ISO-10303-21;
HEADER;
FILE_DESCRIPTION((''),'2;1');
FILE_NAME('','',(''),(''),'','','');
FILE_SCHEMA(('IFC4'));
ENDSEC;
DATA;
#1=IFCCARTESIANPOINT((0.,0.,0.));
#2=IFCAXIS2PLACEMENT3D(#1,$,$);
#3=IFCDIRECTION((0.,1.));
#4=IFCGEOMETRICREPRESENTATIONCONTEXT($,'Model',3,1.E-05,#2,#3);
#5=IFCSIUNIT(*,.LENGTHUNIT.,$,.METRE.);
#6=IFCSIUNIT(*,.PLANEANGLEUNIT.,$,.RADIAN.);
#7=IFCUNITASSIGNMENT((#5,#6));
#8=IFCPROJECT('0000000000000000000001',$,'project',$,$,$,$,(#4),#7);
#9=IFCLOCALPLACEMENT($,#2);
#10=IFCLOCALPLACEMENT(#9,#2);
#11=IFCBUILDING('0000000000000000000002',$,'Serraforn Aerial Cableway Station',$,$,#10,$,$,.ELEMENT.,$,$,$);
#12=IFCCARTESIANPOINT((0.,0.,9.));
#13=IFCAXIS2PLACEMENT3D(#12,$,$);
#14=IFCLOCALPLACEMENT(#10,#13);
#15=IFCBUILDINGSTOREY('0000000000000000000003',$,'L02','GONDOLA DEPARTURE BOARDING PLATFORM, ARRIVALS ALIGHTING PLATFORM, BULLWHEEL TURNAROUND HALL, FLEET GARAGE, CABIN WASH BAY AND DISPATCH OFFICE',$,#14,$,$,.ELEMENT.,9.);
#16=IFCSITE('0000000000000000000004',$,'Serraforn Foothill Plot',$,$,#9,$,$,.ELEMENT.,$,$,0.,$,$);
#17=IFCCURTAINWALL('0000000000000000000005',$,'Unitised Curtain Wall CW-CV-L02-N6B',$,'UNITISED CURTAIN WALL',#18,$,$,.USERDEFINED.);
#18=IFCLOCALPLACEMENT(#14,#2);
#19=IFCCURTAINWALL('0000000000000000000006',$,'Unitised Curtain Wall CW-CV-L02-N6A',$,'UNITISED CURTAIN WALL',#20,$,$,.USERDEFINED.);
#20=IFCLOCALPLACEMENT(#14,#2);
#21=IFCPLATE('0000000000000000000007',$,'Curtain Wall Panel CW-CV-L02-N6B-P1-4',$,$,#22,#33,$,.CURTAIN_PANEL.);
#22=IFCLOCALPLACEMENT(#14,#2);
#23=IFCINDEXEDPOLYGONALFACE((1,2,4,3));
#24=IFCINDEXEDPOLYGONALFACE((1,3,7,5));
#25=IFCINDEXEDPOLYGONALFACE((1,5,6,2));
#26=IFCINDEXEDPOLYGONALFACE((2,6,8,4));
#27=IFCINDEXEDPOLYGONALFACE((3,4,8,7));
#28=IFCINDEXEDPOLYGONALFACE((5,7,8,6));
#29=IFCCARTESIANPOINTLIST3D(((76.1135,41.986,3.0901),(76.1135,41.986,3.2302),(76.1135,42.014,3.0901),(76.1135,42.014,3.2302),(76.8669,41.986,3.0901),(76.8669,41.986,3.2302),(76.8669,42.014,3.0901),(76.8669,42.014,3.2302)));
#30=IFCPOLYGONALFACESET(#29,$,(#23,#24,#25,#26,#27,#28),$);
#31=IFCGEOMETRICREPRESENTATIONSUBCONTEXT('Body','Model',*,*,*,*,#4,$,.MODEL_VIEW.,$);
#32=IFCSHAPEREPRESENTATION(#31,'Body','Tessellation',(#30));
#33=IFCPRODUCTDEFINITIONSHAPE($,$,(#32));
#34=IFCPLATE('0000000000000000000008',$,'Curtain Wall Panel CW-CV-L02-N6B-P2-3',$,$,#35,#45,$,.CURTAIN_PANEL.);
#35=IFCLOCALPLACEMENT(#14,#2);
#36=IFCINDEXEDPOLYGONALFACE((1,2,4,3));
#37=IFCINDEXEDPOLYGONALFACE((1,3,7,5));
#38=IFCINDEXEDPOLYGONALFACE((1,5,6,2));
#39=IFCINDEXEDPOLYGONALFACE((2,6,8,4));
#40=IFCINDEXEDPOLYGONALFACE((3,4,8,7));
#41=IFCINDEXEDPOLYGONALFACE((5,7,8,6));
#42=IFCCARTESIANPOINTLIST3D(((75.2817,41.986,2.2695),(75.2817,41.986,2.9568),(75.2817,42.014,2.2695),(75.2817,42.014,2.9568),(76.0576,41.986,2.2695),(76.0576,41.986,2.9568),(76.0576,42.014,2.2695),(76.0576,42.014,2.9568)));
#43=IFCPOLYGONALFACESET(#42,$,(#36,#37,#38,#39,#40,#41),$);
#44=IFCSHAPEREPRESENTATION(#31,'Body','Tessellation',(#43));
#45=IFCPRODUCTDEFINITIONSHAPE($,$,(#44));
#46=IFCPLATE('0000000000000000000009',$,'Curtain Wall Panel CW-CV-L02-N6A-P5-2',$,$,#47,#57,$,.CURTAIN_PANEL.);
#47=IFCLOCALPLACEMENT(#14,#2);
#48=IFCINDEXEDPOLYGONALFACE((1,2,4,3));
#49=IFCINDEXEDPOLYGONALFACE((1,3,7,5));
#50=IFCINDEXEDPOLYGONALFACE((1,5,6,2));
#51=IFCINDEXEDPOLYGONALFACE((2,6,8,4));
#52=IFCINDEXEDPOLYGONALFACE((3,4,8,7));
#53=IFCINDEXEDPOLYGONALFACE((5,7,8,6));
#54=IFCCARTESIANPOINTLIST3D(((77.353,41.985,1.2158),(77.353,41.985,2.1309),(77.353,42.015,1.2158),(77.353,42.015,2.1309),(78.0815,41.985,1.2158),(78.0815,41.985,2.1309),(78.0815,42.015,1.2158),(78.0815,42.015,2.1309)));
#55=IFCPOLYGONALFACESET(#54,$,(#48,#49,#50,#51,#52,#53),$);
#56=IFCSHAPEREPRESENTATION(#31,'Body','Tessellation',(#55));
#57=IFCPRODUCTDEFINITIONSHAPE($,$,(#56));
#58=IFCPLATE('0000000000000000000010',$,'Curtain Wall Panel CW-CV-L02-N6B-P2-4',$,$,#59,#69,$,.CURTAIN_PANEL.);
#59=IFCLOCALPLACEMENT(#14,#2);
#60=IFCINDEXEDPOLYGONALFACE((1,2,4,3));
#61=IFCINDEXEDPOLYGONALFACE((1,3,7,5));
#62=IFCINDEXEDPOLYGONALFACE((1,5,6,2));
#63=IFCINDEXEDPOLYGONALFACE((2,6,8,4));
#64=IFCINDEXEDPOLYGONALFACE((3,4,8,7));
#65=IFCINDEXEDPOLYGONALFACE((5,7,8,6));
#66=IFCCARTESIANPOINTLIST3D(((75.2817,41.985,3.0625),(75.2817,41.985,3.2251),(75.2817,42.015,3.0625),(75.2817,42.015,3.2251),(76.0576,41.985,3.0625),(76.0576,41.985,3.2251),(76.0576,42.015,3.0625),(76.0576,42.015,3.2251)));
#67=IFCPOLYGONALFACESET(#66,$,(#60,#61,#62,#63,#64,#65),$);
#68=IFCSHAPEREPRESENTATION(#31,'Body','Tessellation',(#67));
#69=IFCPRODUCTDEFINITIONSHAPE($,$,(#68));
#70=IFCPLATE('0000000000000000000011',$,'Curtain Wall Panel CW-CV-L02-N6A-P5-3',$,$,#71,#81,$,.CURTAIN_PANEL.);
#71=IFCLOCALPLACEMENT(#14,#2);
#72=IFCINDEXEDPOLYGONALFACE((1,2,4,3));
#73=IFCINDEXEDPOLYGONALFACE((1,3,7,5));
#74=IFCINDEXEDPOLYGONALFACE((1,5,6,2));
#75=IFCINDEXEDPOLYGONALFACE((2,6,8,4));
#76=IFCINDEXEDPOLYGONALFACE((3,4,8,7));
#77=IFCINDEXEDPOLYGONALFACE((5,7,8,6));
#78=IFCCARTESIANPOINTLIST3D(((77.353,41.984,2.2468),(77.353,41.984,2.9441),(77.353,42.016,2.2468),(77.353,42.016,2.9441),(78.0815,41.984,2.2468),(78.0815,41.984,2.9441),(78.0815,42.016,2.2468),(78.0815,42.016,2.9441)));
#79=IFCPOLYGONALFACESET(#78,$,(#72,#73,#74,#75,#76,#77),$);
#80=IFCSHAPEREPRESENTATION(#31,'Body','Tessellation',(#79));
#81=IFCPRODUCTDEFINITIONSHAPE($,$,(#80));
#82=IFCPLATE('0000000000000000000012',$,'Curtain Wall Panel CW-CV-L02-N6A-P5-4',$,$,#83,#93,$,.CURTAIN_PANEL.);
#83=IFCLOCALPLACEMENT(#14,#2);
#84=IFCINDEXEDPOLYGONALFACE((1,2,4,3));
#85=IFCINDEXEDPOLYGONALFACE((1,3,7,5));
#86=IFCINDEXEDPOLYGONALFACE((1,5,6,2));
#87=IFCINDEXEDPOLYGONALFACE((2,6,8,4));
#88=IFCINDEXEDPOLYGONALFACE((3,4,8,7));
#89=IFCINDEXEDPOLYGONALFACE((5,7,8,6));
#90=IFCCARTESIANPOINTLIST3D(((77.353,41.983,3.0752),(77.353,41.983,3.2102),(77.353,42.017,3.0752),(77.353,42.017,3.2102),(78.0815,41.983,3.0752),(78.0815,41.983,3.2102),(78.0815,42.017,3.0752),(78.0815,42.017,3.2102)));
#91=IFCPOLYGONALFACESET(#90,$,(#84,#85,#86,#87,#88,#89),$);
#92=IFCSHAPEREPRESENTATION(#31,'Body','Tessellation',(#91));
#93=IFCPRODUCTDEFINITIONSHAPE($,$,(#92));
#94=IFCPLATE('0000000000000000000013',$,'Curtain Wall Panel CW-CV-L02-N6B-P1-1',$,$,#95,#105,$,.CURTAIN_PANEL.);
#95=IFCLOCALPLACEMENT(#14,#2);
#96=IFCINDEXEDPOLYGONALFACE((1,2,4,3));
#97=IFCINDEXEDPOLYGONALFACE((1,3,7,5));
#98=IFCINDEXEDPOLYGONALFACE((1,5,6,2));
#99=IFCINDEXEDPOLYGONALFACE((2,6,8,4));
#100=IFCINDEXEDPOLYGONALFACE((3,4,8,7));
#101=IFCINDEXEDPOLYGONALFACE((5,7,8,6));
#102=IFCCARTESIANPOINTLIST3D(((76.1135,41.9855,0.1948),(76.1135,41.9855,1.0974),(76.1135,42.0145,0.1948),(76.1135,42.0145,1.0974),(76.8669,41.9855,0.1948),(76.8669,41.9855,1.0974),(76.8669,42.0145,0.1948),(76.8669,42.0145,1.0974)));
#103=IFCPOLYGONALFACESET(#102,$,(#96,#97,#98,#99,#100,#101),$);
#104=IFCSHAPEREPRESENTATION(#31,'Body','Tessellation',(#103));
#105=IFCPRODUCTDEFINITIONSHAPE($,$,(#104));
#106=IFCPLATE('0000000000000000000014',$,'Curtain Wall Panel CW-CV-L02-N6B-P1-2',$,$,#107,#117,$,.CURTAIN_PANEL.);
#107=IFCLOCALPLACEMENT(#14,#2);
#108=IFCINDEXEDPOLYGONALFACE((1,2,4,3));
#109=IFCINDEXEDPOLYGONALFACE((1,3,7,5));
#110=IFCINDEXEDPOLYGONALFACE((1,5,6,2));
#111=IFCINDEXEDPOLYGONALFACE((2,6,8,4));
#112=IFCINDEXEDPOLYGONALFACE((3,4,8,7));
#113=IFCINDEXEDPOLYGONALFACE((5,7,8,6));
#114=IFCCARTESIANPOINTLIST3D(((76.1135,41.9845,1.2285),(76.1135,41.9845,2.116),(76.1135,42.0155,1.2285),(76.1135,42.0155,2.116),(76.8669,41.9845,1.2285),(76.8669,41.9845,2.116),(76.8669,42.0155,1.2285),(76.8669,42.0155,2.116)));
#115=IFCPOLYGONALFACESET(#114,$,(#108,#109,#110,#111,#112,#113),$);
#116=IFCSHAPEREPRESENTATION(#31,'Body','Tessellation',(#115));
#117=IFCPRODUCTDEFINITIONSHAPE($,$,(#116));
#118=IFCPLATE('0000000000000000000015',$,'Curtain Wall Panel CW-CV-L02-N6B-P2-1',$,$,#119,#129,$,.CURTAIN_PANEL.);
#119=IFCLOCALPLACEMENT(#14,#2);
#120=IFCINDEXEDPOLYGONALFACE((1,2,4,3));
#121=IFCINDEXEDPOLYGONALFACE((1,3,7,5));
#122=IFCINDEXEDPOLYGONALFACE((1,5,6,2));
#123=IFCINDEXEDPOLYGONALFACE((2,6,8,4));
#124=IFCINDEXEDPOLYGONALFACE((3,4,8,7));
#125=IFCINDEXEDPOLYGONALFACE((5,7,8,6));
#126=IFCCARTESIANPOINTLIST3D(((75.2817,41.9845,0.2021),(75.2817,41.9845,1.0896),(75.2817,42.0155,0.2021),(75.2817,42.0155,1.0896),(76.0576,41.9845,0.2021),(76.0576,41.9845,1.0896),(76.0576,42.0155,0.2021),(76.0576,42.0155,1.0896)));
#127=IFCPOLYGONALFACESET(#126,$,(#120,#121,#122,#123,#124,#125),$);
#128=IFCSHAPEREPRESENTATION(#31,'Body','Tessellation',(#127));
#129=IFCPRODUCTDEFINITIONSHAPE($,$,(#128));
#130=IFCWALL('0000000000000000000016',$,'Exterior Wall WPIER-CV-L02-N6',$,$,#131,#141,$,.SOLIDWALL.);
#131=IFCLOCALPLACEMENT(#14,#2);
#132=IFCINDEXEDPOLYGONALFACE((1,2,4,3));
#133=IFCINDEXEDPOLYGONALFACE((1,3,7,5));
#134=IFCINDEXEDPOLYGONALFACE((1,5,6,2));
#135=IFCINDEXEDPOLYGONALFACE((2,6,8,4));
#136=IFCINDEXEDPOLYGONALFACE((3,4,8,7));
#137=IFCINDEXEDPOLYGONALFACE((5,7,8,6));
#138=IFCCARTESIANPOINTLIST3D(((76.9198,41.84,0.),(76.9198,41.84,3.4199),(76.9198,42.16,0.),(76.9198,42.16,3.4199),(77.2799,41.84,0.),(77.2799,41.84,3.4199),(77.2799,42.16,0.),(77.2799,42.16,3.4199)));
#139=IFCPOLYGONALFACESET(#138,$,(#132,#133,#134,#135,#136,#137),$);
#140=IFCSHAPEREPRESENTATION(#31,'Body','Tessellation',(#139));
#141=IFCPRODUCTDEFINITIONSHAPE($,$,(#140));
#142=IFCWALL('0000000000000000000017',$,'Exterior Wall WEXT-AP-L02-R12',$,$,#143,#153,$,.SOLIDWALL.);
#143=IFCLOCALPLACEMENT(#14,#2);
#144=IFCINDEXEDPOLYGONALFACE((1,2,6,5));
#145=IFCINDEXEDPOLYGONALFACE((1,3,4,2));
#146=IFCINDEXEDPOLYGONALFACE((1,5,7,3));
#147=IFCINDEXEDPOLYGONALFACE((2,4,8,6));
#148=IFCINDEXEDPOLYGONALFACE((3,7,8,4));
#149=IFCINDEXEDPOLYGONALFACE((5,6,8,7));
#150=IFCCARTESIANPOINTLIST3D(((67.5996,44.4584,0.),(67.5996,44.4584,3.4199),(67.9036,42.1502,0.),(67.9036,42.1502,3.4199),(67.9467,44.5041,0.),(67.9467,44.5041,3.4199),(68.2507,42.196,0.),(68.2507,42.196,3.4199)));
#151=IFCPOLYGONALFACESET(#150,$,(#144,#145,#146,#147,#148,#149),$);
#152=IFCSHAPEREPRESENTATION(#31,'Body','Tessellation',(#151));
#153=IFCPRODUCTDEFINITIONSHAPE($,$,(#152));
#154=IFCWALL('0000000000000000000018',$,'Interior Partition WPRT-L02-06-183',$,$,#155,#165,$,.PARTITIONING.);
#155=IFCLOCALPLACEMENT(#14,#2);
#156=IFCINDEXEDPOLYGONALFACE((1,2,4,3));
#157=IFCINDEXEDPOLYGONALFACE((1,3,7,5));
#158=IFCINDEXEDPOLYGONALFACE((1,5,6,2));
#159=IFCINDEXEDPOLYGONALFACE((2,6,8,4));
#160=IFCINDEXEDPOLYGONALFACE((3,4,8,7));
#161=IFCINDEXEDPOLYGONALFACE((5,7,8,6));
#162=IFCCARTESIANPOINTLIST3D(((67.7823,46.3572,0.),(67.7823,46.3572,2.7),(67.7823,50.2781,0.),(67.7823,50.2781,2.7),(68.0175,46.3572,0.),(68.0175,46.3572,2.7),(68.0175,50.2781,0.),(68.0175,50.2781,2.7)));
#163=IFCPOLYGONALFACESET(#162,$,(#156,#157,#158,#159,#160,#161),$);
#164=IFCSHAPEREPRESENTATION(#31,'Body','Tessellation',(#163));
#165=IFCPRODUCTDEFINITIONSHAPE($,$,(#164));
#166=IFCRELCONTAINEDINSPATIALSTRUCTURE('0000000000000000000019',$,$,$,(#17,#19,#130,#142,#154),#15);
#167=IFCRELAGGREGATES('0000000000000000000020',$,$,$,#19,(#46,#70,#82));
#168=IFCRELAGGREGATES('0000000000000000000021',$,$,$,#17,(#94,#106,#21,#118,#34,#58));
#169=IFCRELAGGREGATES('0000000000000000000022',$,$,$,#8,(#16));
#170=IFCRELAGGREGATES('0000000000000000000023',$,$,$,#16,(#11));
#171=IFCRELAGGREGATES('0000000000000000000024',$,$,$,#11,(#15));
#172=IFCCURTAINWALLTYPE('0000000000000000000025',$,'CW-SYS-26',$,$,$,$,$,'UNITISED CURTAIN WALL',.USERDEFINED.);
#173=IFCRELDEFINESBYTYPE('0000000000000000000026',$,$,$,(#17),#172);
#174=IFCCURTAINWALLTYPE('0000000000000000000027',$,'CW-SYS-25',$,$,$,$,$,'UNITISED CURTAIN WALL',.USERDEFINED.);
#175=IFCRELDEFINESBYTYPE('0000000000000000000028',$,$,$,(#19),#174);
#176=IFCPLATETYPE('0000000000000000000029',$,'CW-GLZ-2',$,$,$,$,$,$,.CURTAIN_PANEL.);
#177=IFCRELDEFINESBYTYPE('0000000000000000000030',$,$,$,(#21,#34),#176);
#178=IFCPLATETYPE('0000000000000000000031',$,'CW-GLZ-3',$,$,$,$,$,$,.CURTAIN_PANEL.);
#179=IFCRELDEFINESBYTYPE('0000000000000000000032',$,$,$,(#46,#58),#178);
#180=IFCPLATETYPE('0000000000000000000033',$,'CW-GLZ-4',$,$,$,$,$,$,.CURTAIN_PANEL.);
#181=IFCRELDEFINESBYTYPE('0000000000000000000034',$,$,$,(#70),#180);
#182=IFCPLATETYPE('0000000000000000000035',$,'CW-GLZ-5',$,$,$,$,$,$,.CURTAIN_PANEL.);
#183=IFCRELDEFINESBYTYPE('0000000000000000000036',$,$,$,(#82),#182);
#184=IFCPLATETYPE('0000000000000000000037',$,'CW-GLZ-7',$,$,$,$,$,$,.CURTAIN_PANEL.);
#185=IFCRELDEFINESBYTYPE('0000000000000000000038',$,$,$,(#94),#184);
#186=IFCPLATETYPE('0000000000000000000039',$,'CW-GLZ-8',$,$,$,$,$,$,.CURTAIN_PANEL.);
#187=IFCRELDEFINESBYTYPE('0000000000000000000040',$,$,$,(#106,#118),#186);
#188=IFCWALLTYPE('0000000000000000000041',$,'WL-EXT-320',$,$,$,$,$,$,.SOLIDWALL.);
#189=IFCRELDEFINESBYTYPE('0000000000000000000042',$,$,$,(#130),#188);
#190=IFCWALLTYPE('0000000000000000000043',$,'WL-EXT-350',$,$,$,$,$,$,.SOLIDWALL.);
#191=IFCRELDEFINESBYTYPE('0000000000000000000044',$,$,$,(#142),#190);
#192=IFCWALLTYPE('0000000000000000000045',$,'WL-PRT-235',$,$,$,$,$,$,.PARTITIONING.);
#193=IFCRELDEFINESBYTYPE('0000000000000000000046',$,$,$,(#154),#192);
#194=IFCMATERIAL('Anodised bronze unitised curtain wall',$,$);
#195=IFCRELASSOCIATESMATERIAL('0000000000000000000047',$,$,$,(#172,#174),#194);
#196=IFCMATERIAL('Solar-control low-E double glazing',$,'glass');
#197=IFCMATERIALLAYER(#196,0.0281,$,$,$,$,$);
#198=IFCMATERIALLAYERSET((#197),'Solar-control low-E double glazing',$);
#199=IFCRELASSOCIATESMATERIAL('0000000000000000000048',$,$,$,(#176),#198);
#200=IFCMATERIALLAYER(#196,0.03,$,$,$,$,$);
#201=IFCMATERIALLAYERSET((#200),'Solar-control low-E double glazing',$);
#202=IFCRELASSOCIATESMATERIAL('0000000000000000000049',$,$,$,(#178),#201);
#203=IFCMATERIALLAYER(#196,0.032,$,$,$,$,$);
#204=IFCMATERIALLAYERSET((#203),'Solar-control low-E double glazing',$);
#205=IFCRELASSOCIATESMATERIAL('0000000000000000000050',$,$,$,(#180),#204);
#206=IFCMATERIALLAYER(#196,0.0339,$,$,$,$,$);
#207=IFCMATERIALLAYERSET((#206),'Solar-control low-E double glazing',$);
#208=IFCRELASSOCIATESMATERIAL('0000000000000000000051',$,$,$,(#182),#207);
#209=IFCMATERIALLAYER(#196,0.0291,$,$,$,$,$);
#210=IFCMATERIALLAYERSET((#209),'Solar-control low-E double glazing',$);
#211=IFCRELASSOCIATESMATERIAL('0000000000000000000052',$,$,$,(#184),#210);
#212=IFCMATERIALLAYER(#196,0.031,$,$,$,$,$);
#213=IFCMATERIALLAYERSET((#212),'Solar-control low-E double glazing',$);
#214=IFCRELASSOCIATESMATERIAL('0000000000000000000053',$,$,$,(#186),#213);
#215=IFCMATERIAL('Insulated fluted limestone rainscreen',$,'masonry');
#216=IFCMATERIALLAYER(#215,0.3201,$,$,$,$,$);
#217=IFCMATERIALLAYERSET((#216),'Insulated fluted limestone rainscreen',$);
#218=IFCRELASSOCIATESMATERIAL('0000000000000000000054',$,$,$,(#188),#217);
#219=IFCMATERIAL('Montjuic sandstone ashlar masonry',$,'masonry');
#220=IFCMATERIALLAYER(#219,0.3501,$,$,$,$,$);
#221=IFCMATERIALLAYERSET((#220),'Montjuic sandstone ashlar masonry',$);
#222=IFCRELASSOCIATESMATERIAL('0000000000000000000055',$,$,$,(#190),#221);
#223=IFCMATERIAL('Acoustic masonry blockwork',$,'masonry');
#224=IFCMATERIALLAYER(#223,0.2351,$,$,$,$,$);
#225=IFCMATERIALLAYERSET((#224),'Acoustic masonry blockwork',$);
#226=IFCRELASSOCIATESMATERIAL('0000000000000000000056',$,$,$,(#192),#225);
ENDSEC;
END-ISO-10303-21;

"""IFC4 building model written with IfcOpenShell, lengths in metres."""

from ifc_helpers import new_model, si_unit, direction, frame, frame_2d, origin, origin_2d, place, context, subcontext, project, spatial, rectangle, extrude, material, layer, layer_set, type_object, element, aggregate, save


model = new_model("IFC4")

# Units and contexts
model_context = context("Model", 3, precision=1e-05, world=origin(), true_north=direction((0.0, 1.0)))
body_context = subcontext(model_context, "Body", "Model", "MODEL_VIEW")
ifc_project = project(units=[si_unit("LENGTHUNIT", "METRE"), si_unit("PLANEANGLEUNIT", "RADIAN")], contexts=[model_context])

# Site, building, storey
site_placement = place(None, origin())
site = spatial("IfcSite", under=ifc_project, at=site_placement, Name="Serraforn Foothill Plot", CompositionType="ELEMENT", RefElevation=0.0)
building_placement = place(site_placement, origin())
building = spatial("IfcBuilding", under=site, at=building_placement, Name="Serraforn Aerial Cableway Station", CompositionType="ELEMENT")
storey_placement = place(building_placement, frame((0.0, 0.0, 9.0)))
storey = spatial("IfcBuildingStorey", under=building, at=storey_placement, Name="L02", Description="GONDOLA DEPARTURE BOARDING PLATFORM, ARRIVALS ALIGHTING PLATFORM, BULLWHEEL TURNAROUND HALL, FLEET GARAGE, CABIN WASH BAY AND DISPATCH OFFICE", CompositionType="ELEMENT", Elevation=9.0)

# Curtain wall
ifc_material_1 = material(Name="Anodised bronze unitised curtain wall")
curtain_wall_type_1 = type_object("IfcCurtainWallType", Name="CW-SYS-26", ElementType="UNITISED CURTAIN WALL", PredefinedType="USERDEFINED", material=ifc_material_1)
curtain_wall_1_placement = place(storey_placement, origin())
curtain_wall_1 = element("IfcCurtainWall", 1, at=curtain_wall_1_placement, inside=storey, type_object=curtain_wall_type_1, Name="Unitised Curtain Wall CW-CV-L02-N6B", ObjectType="UNITISED CURTAIN WALL", PredefinedType="USERDEFINED")

# Curtain wall
curtain_wall_type_2 = type_object("IfcCurtainWallType", Name="CW-SYS-25", ElementType="UNITISED CURTAIN WALL", PredefinedType="USERDEFINED", material=ifc_material_1)
curtain_wall_2_placement = place(storey_placement, origin())
curtain_wall_2 = element("IfcCurtainWall", 2, at=curtain_wall_2_placement, inside=storey, type_object=curtain_wall_type_2, Name="Unitised Curtain Wall CW-CV-L02-N6A", ObjectType="UNITISED CURTAIN WALL", PredefinedType="USERDEFINED")

# Plates
ifc_material_2 = material(Name="Solar-control low-E double glazing", Category="glass")
ifc_layer_1 = layer(ifc_material_2, 0.0281)
ifc_layer_set_1 = layer_set([ifc_layer_1], Name="Solar-control low-E double glazing")
plate_type_1 = type_object("IfcPlateType", Name="CW-GLZ-2", PredefinedType="CURTAIN_PANEL", material=ifc_layer_set_1)
plate_1_placement = place(storey_placement, frame((76.4902, 42.0, 3.0901), z_axis=(0.0, 0.0, 1.0), x_axis=(1.0, 0.0, 0.0)))
plate_1 = element("IfcPlate", 3, at=plate_1_placement, type_object=plate_type_1, Name="Curtain Wall Panel CW-CV-L02-N6B-P1-4", PredefinedType="CURTAIN_PANEL", context=body_context, shape_type="SweptSolid", body=[
    extrude(rectangle(XDim=0.7534, YDim=0.0281, at=origin_2d()), origin(), (0.0, 0.0, 1.0), 0.1401),
])
plate_2_placement = place(storey_placement, frame((75.6697, 42.0, 2.2695), z_axis=(0.0, 0.0, 1.0), x_axis=(1.0, 0.0, 0.0)))
plate_2 = element("IfcPlate", 4, at=plate_2_placement, type_object=plate_type_1, Name="Curtain Wall Panel CW-CV-L02-N6B-P2-3", PredefinedType="CURTAIN_PANEL", context=body_context, shape_type="SweptSolid", body=[
    extrude(rectangle(XDim=0.7759, YDim=0.0281, at=origin_2d()), origin(), (0.0, 0.0, 1.0), 0.6873),
])
ifc_layer_2 = layer(ifc_material_2, 0.03)
ifc_layer_set_2 = layer_set([ifc_layer_2], Name="Solar-control low-E double glazing")
plate_type_2 = type_object("IfcPlateType", Name="CW-GLZ-3", PredefinedType="CURTAIN_PANEL", material=ifc_layer_set_2)
plate_3_placement = place(storey_placement, frame((77.7173, 42.0, 1.2158), z_axis=(0.0, 0.0, 1.0), x_axis=(1.0, 0.0, 0.0)))
plate_3 = element("IfcPlate", 5, at=plate_3_placement, type_object=plate_type_2, Name="Curtain Wall Panel CW-CV-L02-N6A-P5-2", PredefinedType="CURTAIN_PANEL", context=body_context, shape_type="SweptSolid", body=[
    extrude(rectangle(XDim=0.7285, YDim=0.03, at=origin_2d()), origin(), (0.0, 0.0, 1.0), 0.915),
])
plate_4_placement = place(storey_placement, frame((75.6697, 42.0, 3.0625), z_axis=(0.0, 0.0, 1.0), x_axis=(1.0, 0.0, 0.0)))
plate_4 = element("IfcPlate", 6, at=plate_4_placement, type_object=plate_type_2, Name="Curtain Wall Panel CW-CV-L02-N6B-P2-4", PredefinedType="CURTAIN_PANEL", context=body_context, shape_type="SweptSolid", body=[
    extrude(rectangle(XDim=0.7759, YDim=0.03, at=origin_2d()), origin(), (0.0, 0.0, 1.0), 0.1626),
])
ifc_layer_3 = layer(ifc_material_2, 0.032)
ifc_layer_set_3 = layer_set([ifc_layer_3], Name="Solar-control low-E double glazing")
plate_type_3 = type_object("IfcPlateType", Name="CW-GLZ-4", PredefinedType="CURTAIN_PANEL", material=ifc_layer_set_3)
plate_5_placement = place(storey_placement, frame((77.7173, 42.0, 2.2468), z_axis=(0.0, 0.0, 1.0), x_axis=(1.0, 0.0, 0.0)))
plate_5 = element("IfcPlate", 7, at=plate_5_placement, type_object=plate_type_3, Name="Curtain Wall Panel CW-CV-L02-N6A-P5-3", PredefinedType="CURTAIN_PANEL", context=body_context, shape_type="SweptSolid", body=[
    extrude(rectangle(XDim=0.7285, YDim=0.032, at=origin_2d()), origin(), (0.0, 0.0, 1.0), 0.6973),
])
ifc_layer_4 = layer(ifc_material_2, 0.0339)
ifc_layer_set_4 = layer_set([ifc_layer_4], Name="Solar-control low-E double glazing")
plate_type_4 = type_object("IfcPlateType", Name="CW-GLZ-5", PredefinedType="CURTAIN_PANEL", material=ifc_layer_set_4)
plate_6_placement = place(storey_placement, frame((77.7173, 42.0, 3.0752), z_axis=(0.0, 0.0, 1.0), x_axis=(1.0, 0.0, 0.0)))
plate_6 = element("IfcPlate", 8, at=plate_6_placement, type_object=plate_type_4, Name="Curtain Wall Panel CW-CV-L02-N6A-P5-4", PredefinedType="CURTAIN_PANEL", context=body_context, shape_type="SweptSolid", body=[
    extrude(rectangle(XDim=0.7285, YDim=0.0339, at=origin_2d()), origin(), (0.0, 0.0, 1.0), 0.135),
])
aggregate(curtain_wall_2, [plate_3, plate_5, plate_6])
ifc_layer_5 = layer(ifc_material_2, 0.0291)
ifc_layer_set_5 = layer_set([ifc_layer_5], Name="Solar-control low-E double glazing")
plate_type_5 = type_object("IfcPlateType", Name="CW-GLZ-7", PredefinedType="CURTAIN_PANEL", material=ifc_layer_set_5)
plate_7_placement = place(storey_placement, frame((76.4902, 42.0, 0.1948), z_axis=(0.0, 0.0, 1.0), x_axis=(1.0, 0.0, 0.0)))
plate_7 = element("IfcPlate", 9, at=plate_7_placement, type_object=plate_type_5, Name="Curtain Wall Panel CW-CV-L02-N6B-P1-1", PredefinedType="CURTAIN_PANEL", context=body_context, shape_type="SweptSolid", body=[
    extrude(rectangle(XDim=0.7534, YDim=0.0291, at=origin_2d()), origin(), (0.0, 0.0, 1.0), 0.9026),
])
ifc_layer_6 = layer(ifc_material_2, 0.031)
ifc_layer_set_6 = layer_set([ifc_layer_6], Name="Solar-control low-E double glazing")
plate_type_6 = type_object("IfcPlateType", Name="CW-GLZ-8", PredefinedType="CURTAIN_PANEL", material=ifc_layer_set_6)
plate_8_placement = place(storey_placement, frame((76.4902, 42.0, 1.2285), z_axis=(0.0, 0.0, 1.0), x_axis=(1.0, 0.0, 0.0)))
plate_8 = element("IfcPlate", 10, at=plate_8_placement, type_object=plate_type_6, Name="Curtain Wall Panel CW-CV-L02-N6B-P1-2", PredefinedType="CURTAIN_PANEL", context=body_context, shape_type="SweptSolid", body=[
    extrude(rectangle(XDim=0.7534, YDim=0.031, at=origin_2d()), origin(), (0.0, 0.0, 1.0), 0.8875),
])
plate_9_placement = place(storey_placement, frame((75.6697, 42.0, 0.2021), z_axis=(0.0, 0.0, 1.0), x_axis=(1.0, 0.0, 0.0)))
plate_9 = element("IfcPlate", 11, at=plate_9_placement, type_object=plate_type_6, Name="Curtain Wall Panel CW-CV-L02-N6B-P2-1", PredefinedType="CURTAIN_PANEL", context=body_context, shape_type="SweptSolid", body=[
    extrude(rectangle(XDim=0.7759, YDim=0.031, at=origin_2d()), origin(), (0.0, 0.0, 1.0), 0.8875),
])
aggregate(curtain_wall_1, [plate_7, plate_8, plate_1, plate_9, plate_2, plate_4])

# Walls
ifc_material_3 = material(Name="Insulated fluted limestone rainscreen", Category="masonry")
ifc_layer_7 = layer(ifc_material_3, 0.3201)
ifc_layer_set_7 = layer_set([ifc_layer_7], Name="Insulated fluted limestone rainscreen")
wall_type_1 = type_object("IfcWallType", Name="WL-EXT-320", PredefinedType="SOLIDWALL", material=ifc_layer_set_7)
wall_1_placement = place(storey_placement, frame((77.28, 42.0, 0.0), z_axis=(0.0, 0.0, 1.0), x_axis=(-1.0, 0.0, 0.0)))
element("IfcWall", 12, at=wall_1_placement, inside=storey, type_object=wall_type_1, Name="Exterior Wall WPIER-CV-L02-N6", PredefinedType="SOLIDWALL", context=body_context, shape_type="SweptSolid", body=[
    extrude(rectangle(XDim=0.3601, YDim=0.3201, at=frame_2d((0.1802, 0.0))), origin(), (0.0, 0.0, 1.0), 3.4199),
])
ifc_material_4 = material(Name="Montjuic sandstone ashlar masonry", Category="masonry")
ifc_layer_8 = layer(ifc_material_4, 0.3501)
ifc_layer_set_8 = layer_set([ifc_layer_8], Name="Montjuic sandstone ashlar masonry")
wall_type_2 = type_object("IfcWallType", Name="WL-EXT-350", PredefinedType="SOLIDWALL", material=ifc_layer_set_8)
wall_2_placement = place(storey_placement, frame((68.0771, 42.1731, 0.0), z_axis=(0.0, 0.0, 1.0), x_axis=(-0.130563, 0.99144, 0.0)))
element("IfcWall", 13, at=wall_2_placement, inside=storey, type_object=wall_type_2, Name="Exterior Wall WEXT-AP-L02-R12", PredefinedType="SOLIDWALL", context=body_context, shape_type="SweptSolid", body=[
    extrude(rectangle(XDim=2.3281, YDim=0.3501, at=frame_2d((1.1641, 0.0))), origin(), (0.0, 0.0, 1.0), 3.4199),
])
ifc_material_5 = material(Name="Acoustic masonry blockwork", Category="masonry")
ifc_layer_9 = layer(ifc_material_5, 0.2351)
ifc_layer_set_9 = layer_set([ifc_layer_9], Name="Acoustic masonry blockwork")
wall_type_3 = type_object("IfcWallType", Name="WL-PRT-235", PredefinedType="PARTITIONING", material=ifc_layer_set_9)
wall_3_placement = place(storey_placement, frame((67.8999, 50.2781, 0.0), z_axis=(0.0, 0.0, 1.0), x_axis=(0.0, -1.0, 0.0)))
element("IfcWall", 14, at=wall_3_placement, inside=storey, type_object=wall_type_3, Name="Interior Partition WPRT-L02-06-183", PredefinedType="PARTITIONING", context=body_context, shape_type="SweptSolid", body=[
    extrude(rectangle(XDim=3.9209, YDim=0.2351, at=frame_2d((1.9604, 0.0))), origin(), (0.0, 0.0, 1.0), 2.7),
])

save(model, "model.ifc")
